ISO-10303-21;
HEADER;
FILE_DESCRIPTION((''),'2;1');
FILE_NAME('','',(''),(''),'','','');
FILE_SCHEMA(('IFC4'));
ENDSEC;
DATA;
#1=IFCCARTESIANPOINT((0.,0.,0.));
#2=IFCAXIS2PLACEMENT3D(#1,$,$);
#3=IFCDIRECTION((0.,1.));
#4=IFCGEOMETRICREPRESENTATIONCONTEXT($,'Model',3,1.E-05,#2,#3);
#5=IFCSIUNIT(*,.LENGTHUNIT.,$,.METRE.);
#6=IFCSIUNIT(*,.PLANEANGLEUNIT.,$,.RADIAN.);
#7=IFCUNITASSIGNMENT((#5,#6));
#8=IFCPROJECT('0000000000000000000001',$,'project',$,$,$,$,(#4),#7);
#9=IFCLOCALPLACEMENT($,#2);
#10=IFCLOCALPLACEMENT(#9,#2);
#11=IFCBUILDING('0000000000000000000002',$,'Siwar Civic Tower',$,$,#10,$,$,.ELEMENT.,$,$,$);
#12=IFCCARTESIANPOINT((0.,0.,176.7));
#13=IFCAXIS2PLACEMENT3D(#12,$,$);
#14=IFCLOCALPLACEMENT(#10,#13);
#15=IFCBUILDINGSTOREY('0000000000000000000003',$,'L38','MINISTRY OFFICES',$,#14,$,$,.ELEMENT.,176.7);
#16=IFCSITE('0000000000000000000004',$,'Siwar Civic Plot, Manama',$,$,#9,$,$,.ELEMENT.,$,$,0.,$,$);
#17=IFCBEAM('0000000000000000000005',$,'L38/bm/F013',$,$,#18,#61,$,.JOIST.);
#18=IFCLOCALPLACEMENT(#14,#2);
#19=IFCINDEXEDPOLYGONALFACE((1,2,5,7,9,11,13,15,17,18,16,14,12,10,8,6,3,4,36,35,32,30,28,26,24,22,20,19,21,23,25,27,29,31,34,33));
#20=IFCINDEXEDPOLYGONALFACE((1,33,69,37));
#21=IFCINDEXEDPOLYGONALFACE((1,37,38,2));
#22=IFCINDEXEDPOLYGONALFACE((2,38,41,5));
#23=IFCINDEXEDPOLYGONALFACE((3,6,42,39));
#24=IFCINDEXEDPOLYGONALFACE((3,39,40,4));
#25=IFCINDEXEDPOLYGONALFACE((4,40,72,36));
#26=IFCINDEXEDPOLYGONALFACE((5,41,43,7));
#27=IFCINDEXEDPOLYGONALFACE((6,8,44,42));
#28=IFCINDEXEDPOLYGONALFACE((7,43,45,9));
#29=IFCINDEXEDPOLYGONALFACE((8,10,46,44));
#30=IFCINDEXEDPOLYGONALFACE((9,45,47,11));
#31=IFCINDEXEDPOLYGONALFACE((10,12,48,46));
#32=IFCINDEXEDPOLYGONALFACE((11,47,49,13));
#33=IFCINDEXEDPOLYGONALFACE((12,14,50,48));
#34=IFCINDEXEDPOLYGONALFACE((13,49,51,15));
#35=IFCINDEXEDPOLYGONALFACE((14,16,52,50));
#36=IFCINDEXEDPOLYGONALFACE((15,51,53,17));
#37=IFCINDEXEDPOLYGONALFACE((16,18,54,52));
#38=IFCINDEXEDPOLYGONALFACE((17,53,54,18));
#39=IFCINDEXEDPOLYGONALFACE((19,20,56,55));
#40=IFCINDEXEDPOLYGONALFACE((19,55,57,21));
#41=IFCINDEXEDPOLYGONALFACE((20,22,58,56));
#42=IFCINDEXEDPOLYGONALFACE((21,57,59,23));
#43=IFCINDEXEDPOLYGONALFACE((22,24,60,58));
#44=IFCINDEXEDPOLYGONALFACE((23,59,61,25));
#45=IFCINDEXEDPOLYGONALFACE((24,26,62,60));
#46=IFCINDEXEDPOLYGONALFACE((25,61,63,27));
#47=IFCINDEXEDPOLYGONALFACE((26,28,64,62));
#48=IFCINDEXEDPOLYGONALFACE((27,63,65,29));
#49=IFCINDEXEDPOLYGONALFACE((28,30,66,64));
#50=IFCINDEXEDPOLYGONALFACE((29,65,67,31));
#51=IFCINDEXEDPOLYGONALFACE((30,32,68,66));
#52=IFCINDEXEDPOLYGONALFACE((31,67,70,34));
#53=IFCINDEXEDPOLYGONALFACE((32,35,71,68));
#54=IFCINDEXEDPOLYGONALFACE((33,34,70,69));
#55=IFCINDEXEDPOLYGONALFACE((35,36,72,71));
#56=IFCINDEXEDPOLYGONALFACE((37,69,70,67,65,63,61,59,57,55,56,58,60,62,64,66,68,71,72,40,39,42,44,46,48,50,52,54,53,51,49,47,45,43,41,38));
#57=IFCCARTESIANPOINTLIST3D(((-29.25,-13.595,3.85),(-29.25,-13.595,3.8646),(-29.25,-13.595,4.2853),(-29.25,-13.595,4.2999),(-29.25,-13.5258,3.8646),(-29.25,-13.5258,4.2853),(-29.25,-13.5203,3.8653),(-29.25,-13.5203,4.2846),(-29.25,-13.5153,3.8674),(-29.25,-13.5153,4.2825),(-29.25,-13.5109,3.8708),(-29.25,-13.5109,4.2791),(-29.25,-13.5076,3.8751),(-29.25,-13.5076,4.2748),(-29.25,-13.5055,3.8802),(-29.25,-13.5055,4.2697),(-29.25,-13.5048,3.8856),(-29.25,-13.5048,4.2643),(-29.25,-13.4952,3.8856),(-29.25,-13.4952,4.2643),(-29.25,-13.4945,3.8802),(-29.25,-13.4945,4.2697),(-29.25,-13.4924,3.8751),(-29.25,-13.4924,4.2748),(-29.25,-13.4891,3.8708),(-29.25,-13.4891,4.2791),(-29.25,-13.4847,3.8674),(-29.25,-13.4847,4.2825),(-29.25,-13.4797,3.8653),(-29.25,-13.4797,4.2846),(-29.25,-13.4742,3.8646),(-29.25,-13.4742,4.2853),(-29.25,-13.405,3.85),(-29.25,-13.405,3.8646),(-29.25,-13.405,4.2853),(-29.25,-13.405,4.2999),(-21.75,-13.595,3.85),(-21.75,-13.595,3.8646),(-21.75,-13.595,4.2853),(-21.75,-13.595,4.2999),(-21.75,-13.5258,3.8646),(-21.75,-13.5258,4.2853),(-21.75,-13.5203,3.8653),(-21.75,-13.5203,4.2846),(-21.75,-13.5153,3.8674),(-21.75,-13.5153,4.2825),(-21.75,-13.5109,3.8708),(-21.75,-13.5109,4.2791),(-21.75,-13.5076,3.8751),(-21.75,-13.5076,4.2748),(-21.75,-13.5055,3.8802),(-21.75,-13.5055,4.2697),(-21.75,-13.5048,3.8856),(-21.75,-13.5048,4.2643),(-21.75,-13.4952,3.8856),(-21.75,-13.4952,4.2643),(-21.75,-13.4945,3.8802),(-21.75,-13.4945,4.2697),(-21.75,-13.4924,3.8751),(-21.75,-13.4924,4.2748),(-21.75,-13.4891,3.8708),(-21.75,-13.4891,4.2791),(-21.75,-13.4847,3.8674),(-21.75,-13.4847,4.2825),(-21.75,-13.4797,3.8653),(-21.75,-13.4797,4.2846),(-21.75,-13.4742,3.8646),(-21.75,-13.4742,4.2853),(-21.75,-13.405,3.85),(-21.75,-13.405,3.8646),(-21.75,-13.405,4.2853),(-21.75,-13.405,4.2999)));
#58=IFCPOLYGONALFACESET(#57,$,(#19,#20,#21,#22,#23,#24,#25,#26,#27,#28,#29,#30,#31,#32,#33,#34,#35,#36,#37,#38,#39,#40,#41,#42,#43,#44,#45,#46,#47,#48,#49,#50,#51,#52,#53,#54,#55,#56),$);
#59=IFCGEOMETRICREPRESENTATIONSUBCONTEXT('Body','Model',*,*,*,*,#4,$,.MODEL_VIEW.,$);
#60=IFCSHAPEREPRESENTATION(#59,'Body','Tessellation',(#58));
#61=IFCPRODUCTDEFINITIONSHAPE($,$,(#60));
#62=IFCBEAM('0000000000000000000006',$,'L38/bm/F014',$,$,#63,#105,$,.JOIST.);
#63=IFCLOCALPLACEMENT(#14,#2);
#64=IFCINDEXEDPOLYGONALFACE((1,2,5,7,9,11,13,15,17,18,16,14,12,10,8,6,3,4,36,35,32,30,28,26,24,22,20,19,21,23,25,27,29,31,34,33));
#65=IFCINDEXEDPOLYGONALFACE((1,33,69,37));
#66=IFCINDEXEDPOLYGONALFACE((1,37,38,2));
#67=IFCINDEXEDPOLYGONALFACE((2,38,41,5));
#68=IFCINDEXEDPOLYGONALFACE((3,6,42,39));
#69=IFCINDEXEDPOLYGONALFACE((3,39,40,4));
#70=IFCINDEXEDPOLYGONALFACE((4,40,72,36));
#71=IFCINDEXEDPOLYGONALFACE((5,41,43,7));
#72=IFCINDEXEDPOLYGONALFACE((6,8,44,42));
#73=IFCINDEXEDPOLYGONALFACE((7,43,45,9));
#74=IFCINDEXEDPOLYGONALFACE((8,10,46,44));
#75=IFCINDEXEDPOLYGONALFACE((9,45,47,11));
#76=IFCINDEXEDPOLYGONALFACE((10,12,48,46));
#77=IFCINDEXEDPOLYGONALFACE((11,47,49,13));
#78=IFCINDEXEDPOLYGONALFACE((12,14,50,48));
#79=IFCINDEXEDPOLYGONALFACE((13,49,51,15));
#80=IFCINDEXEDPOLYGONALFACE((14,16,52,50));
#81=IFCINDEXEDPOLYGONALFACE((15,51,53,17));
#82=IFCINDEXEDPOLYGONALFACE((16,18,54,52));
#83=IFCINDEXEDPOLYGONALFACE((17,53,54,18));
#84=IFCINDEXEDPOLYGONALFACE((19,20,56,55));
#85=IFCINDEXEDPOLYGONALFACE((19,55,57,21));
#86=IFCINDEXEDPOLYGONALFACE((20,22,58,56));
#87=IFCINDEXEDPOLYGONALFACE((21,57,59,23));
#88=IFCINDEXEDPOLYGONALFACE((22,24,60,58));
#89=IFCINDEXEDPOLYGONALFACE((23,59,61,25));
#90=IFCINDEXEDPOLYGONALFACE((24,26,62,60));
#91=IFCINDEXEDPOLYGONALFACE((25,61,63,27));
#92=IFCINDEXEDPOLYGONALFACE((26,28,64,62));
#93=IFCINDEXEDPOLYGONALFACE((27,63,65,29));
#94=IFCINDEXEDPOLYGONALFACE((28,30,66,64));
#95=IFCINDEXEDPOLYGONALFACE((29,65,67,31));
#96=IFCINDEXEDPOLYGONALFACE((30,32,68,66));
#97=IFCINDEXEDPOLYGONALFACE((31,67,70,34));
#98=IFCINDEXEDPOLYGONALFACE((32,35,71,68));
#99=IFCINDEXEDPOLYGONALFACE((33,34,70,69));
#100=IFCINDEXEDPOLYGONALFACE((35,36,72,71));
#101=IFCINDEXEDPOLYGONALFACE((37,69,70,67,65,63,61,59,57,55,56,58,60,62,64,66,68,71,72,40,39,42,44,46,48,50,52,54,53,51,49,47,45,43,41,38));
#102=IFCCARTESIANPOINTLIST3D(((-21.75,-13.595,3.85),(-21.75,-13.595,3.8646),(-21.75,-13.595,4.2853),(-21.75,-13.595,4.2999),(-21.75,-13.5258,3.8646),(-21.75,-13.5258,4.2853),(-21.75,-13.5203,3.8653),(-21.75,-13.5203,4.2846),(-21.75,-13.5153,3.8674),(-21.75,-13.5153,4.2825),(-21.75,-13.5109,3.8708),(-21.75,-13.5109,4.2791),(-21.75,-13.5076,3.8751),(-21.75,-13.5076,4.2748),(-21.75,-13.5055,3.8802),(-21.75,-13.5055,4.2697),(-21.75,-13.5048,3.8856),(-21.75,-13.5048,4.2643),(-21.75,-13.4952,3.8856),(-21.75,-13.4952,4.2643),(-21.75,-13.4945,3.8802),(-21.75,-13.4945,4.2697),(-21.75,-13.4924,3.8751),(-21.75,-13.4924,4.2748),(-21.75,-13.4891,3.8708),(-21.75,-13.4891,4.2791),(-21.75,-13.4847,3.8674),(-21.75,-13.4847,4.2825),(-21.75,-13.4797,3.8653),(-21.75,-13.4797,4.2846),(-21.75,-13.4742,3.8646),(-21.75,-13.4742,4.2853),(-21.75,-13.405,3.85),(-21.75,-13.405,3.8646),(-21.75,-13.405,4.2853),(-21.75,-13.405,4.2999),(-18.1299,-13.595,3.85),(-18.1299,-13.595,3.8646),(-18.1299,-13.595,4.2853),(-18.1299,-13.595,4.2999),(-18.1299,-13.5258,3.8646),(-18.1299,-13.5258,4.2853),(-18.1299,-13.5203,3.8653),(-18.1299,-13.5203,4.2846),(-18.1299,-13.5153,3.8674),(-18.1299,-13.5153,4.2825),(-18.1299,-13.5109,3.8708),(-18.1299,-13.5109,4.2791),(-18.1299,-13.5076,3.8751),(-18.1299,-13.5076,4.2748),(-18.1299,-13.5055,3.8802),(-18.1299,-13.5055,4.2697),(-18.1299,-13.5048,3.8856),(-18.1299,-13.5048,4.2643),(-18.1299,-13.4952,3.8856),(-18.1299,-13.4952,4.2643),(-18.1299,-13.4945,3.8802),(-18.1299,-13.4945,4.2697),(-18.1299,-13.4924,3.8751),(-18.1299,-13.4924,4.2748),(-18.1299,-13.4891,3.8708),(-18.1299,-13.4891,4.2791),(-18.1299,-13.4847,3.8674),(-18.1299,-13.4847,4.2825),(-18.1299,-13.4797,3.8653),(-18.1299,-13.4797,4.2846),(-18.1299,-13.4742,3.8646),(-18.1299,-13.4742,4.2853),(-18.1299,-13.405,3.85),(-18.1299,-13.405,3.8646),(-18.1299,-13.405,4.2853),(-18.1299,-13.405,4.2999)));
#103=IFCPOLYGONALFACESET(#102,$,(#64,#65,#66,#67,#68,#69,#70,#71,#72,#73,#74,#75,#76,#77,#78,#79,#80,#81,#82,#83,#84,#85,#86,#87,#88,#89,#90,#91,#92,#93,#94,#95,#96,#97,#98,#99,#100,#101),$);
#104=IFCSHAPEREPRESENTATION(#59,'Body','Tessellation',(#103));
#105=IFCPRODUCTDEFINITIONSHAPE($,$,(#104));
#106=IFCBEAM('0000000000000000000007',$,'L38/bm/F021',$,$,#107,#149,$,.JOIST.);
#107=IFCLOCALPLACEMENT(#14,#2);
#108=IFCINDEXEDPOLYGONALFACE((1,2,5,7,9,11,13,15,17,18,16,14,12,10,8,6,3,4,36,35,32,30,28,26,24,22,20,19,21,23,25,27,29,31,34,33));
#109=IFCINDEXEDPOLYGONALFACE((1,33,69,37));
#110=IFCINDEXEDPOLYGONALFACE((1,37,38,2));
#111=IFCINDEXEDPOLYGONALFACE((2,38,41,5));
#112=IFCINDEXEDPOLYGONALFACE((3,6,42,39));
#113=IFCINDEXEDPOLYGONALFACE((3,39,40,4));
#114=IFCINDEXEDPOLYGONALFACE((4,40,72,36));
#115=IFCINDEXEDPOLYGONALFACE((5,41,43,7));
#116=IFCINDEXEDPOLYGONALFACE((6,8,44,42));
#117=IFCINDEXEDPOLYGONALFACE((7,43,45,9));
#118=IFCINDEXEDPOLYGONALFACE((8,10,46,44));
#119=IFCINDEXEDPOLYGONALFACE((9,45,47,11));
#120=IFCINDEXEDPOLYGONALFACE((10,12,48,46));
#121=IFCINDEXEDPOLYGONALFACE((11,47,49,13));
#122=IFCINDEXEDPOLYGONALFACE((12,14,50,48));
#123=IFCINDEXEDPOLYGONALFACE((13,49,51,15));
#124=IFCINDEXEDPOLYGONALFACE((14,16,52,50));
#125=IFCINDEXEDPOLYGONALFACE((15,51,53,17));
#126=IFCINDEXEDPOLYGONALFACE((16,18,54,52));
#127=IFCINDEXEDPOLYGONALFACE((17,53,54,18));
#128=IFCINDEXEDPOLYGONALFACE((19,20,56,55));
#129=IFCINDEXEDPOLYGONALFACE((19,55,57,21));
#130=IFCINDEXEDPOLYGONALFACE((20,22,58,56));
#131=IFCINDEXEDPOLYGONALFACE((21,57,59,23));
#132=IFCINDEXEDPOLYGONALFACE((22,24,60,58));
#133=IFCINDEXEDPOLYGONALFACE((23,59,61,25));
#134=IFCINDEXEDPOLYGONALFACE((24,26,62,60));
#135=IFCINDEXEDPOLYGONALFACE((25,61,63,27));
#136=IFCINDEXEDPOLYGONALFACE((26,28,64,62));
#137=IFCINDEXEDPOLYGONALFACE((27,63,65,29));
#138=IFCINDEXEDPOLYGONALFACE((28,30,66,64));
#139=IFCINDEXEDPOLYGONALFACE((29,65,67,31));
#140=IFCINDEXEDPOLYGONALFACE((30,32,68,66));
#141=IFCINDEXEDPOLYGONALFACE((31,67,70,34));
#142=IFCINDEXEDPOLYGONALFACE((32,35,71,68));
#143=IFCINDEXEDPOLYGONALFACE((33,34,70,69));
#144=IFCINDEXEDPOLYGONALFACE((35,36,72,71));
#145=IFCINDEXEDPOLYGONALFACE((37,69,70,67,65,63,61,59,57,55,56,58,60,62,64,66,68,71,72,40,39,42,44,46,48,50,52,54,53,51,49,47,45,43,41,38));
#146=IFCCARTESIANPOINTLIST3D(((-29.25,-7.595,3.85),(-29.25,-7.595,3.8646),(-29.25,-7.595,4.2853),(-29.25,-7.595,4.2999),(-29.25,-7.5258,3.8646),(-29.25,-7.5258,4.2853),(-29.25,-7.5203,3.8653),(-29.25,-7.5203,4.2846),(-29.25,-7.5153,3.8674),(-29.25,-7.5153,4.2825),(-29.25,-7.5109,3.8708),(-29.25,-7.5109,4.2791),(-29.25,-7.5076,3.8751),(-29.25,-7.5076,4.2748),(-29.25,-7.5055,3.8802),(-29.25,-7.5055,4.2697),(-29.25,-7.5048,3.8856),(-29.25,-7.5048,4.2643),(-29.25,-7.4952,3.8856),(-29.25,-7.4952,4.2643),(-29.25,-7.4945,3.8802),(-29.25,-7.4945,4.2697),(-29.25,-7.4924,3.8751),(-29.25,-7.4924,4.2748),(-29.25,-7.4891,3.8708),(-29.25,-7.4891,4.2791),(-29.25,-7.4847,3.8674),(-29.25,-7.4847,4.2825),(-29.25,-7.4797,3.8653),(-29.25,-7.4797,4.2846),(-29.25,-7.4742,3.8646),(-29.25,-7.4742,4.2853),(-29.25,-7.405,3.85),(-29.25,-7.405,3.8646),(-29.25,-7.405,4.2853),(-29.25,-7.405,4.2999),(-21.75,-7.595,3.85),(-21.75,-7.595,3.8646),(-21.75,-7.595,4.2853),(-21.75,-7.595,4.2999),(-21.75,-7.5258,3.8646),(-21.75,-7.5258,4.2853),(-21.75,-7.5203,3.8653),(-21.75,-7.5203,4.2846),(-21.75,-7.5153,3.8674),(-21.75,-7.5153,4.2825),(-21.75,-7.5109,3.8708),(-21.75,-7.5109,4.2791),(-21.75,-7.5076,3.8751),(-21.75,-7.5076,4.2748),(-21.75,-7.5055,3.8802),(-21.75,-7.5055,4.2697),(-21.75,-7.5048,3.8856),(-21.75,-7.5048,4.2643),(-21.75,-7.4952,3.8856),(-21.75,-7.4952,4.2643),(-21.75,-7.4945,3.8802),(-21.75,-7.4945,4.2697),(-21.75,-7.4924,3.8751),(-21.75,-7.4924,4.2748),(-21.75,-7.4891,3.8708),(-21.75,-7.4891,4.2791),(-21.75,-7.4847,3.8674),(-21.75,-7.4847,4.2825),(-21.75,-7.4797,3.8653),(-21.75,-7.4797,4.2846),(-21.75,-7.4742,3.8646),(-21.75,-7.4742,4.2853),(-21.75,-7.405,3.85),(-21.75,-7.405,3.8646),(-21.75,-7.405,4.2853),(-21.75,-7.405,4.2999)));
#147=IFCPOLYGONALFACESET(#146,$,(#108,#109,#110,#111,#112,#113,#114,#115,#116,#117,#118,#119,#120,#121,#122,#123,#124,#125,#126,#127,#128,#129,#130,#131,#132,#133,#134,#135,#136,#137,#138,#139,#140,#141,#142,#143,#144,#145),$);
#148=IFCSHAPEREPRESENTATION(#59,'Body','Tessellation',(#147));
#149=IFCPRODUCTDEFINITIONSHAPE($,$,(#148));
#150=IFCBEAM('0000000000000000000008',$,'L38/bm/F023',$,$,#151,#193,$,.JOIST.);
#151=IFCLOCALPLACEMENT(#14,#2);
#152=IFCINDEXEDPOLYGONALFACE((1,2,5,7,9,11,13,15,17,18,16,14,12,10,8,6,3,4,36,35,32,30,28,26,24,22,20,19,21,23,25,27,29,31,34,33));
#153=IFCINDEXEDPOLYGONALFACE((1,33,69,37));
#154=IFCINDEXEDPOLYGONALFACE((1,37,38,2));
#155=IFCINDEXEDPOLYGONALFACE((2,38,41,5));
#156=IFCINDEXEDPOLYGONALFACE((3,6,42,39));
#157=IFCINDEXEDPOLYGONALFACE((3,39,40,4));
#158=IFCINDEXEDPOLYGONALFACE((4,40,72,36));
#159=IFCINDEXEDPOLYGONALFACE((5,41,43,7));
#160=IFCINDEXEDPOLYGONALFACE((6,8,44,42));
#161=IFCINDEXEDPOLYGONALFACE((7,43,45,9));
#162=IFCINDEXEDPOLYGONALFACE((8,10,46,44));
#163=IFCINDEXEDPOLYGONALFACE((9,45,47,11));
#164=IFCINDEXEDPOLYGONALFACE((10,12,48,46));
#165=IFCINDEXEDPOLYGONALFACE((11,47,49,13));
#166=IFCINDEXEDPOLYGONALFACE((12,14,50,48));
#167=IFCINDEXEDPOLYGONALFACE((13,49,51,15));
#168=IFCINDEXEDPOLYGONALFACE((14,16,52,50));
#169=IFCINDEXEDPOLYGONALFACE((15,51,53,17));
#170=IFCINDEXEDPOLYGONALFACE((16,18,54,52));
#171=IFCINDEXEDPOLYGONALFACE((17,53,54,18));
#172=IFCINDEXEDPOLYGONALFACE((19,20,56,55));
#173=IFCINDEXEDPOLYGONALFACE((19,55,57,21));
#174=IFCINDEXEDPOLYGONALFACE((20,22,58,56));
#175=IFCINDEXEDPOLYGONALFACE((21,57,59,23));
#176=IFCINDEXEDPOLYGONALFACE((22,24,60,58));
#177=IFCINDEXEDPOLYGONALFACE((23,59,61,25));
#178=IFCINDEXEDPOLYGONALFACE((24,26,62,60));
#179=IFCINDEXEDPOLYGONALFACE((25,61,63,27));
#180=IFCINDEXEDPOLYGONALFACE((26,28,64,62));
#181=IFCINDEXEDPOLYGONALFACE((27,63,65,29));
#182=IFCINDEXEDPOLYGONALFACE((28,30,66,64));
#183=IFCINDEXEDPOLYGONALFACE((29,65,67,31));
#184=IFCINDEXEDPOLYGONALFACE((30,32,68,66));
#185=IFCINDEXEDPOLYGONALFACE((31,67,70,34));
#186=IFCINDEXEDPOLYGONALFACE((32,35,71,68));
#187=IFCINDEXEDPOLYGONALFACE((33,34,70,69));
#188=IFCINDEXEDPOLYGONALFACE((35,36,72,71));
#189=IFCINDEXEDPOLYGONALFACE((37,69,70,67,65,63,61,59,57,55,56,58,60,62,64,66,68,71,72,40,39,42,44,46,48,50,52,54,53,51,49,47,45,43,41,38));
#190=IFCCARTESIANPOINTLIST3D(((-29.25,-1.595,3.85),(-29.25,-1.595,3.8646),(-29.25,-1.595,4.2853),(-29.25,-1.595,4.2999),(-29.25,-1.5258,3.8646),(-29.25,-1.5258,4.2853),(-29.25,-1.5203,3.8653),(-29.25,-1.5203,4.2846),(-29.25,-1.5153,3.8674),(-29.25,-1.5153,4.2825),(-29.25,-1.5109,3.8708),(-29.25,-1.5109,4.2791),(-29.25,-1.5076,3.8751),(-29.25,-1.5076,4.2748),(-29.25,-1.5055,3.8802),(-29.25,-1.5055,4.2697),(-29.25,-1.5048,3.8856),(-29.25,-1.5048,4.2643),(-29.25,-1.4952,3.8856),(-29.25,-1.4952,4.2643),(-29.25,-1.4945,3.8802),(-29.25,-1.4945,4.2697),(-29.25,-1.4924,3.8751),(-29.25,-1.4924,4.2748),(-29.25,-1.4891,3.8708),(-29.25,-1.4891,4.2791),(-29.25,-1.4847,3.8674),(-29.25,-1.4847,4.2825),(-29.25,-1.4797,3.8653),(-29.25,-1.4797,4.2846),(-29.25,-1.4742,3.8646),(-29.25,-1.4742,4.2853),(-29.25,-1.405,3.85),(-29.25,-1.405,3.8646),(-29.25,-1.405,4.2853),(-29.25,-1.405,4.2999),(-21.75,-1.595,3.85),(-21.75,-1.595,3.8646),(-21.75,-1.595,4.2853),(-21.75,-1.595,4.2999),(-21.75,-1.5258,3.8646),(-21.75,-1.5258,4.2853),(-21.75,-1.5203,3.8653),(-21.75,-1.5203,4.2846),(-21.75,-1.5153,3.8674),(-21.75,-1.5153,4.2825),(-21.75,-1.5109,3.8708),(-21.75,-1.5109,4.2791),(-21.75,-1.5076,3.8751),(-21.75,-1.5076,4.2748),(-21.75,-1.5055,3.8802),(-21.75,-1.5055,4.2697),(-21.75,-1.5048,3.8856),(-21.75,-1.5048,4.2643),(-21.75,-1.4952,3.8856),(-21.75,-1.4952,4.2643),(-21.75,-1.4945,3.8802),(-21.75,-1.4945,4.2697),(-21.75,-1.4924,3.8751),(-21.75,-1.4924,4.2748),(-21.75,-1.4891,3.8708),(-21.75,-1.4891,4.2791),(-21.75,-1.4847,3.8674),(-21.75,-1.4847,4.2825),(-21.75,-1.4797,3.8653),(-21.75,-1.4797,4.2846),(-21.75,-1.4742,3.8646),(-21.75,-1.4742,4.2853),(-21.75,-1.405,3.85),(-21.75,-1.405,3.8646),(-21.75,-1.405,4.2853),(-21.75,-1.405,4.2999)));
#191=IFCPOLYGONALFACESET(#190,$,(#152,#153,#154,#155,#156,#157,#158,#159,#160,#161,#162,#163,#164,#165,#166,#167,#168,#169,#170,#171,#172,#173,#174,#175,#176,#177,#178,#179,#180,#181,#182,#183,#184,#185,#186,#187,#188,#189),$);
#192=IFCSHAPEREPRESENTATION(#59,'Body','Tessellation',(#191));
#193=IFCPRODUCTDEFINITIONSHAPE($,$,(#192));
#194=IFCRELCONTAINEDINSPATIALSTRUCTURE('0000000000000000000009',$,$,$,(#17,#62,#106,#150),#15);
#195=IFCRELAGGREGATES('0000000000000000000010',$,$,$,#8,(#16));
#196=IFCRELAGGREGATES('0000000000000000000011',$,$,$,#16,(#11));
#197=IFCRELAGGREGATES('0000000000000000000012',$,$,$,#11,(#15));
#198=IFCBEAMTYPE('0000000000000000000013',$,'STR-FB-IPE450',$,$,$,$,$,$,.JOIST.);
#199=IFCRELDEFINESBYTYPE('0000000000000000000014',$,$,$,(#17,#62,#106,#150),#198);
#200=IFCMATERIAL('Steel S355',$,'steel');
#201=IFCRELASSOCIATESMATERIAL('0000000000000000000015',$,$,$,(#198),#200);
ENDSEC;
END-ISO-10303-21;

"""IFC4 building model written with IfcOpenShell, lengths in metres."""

from ifc_helpers import new_model, si_unit, direction, frame, origin, origin_2d, place, context, subcontext, project, spatial, i_section, extrude, material, material_profile, profile_set, type_object, element, save


model = new_model("IFC4")

# Units and contexts
model_context = context("Model", 3, precision=1e-05, world=origin(), true_north=direction((0.0, 1.0)))
body_context = subcontext(model_context, "Body", "Model", "MODEL_VIEW")
ifc_project = project(units=[si_unit("LENGTHUNIT", "METRE"), si_unit("PLANEANGLEUNIT", "RADIAN")], contexts=[model_context])

# Site, building, storey
site_placement = place(None, origin())
site = spatial("IfcSite", under=ifc_project, at=site_placement, Name="Siwar Civic Plot, Manama", CompositionType="ELEMENT", RefElevation=0.0)
building_placement = place(site_placement, origin())
building = spatial("IfcBuilding", under=site, at=building_placement, Name="Siwar Civic Tower", CompositionType="ELEMENT")
storey_placement = place(building_placement, frame((0.0, 0.0, 176.7)))
storey = spatial("IfcBuildingStorey", under=building, at=storey_placement, Name="L38", Description="MINISTRY OFFICES", CompositionType="ELEMENT", Elevation=176.7)

# Beams
ifc_material_1 = material(Name="Steel S355", Category="steel")
ifc_material_profile_1 = material_profile(ifc_material_1, i_section(OverallWidth=0.1899, OverallDepth=0.45, WebThickness=0.0095, FlangeThickness=0.0146, FilletRadius=0.021, at=origin_2d()), Name="IPE450")
ifc_profile_set_1 = profile_set([ifc_material_profile_1], Name="Steel S355")
beam_type_1 = type_object("IfcBeamType", Name="STR-FB-IPE450", PredefinedType="JOIST", material=ifc_profile_set_1)
beam_1_placement = place(storey_placement, frame((-29.25, -13.5, 4.075), z_axis=(1.0, 0.0, 0.0), x_axis=(0.0, 1.0, 0.0)))
element("IfcBeam", 1, at=beam_1_placement, inside=storey, type_object=beam_type_1, Name="L38/bm/F013", PredefinedType="JOIST", context=body_context, shape_type="SweptSolid", body=[
    extrude(i_section(OverallWidth=0.1899, OverallDepth=0.45, WebThickness=0.0095, FlangeThickness=0.0146, FilletRadius=0.021, at=origin_2d()), origin(), (0.0, 0.0, 1.0), 7.5),
])
beam_2_placement = place(storey_placement, frame((-21.75, -13.5, 4.075), z_axis=(1.0, 0.0, 0.0), x_axis=(0.0, 1.0, 0.0)))
element("IfcBeam", 2, at=beam_2_placement, inside=storey, type_object=beam_type_1, Name="L38/bm/F014", PredefinedType="JOIST", context=body_context, shape_type="SweptSolid", body=[
    extrude(i_section(OverallWidth=0.1899, OverallDepth=0.45, WebThickness=0.0095, FlangeThickness=0.0146, FilletRadius=0.021, at=origin_2d()), origin(), (0.0, 0.0, 1.0), 3.6201),
])
for number, where, z_axis, x_axis, name in (
    (3, (-29.25, -7.5, 4.075), (1.0, 0.0, 0.0), (0.0, 1.0, 0.0), "L38/bm/F021"),
    (4, (-29.25, -1.5, 4.075), (1.0, 0.0, 0.0), (0.0, 1.0, 0.0), "L38/bm/F023"),
):
    element("IfcBeam", number, at=place(storey_placement, frame(where, z_axis=z_axis, x_axis=x_axis)), inside=storey, type_object=beam_type_1, Name=name, PredefinedType="JOIST", context=body_context, shape_type="SweptSolid", body=[
        extrude(i_section(OverallWidth=0.1899, OverallDepth=0.45, WebThickness=0.0095, FlangeThickness=0.0146, FilletRadius=0.021, at=origin_2d()), origin(), (0.0, 0.0, 1.0), 7.5),
    ])

save(model, "model.ifc")
